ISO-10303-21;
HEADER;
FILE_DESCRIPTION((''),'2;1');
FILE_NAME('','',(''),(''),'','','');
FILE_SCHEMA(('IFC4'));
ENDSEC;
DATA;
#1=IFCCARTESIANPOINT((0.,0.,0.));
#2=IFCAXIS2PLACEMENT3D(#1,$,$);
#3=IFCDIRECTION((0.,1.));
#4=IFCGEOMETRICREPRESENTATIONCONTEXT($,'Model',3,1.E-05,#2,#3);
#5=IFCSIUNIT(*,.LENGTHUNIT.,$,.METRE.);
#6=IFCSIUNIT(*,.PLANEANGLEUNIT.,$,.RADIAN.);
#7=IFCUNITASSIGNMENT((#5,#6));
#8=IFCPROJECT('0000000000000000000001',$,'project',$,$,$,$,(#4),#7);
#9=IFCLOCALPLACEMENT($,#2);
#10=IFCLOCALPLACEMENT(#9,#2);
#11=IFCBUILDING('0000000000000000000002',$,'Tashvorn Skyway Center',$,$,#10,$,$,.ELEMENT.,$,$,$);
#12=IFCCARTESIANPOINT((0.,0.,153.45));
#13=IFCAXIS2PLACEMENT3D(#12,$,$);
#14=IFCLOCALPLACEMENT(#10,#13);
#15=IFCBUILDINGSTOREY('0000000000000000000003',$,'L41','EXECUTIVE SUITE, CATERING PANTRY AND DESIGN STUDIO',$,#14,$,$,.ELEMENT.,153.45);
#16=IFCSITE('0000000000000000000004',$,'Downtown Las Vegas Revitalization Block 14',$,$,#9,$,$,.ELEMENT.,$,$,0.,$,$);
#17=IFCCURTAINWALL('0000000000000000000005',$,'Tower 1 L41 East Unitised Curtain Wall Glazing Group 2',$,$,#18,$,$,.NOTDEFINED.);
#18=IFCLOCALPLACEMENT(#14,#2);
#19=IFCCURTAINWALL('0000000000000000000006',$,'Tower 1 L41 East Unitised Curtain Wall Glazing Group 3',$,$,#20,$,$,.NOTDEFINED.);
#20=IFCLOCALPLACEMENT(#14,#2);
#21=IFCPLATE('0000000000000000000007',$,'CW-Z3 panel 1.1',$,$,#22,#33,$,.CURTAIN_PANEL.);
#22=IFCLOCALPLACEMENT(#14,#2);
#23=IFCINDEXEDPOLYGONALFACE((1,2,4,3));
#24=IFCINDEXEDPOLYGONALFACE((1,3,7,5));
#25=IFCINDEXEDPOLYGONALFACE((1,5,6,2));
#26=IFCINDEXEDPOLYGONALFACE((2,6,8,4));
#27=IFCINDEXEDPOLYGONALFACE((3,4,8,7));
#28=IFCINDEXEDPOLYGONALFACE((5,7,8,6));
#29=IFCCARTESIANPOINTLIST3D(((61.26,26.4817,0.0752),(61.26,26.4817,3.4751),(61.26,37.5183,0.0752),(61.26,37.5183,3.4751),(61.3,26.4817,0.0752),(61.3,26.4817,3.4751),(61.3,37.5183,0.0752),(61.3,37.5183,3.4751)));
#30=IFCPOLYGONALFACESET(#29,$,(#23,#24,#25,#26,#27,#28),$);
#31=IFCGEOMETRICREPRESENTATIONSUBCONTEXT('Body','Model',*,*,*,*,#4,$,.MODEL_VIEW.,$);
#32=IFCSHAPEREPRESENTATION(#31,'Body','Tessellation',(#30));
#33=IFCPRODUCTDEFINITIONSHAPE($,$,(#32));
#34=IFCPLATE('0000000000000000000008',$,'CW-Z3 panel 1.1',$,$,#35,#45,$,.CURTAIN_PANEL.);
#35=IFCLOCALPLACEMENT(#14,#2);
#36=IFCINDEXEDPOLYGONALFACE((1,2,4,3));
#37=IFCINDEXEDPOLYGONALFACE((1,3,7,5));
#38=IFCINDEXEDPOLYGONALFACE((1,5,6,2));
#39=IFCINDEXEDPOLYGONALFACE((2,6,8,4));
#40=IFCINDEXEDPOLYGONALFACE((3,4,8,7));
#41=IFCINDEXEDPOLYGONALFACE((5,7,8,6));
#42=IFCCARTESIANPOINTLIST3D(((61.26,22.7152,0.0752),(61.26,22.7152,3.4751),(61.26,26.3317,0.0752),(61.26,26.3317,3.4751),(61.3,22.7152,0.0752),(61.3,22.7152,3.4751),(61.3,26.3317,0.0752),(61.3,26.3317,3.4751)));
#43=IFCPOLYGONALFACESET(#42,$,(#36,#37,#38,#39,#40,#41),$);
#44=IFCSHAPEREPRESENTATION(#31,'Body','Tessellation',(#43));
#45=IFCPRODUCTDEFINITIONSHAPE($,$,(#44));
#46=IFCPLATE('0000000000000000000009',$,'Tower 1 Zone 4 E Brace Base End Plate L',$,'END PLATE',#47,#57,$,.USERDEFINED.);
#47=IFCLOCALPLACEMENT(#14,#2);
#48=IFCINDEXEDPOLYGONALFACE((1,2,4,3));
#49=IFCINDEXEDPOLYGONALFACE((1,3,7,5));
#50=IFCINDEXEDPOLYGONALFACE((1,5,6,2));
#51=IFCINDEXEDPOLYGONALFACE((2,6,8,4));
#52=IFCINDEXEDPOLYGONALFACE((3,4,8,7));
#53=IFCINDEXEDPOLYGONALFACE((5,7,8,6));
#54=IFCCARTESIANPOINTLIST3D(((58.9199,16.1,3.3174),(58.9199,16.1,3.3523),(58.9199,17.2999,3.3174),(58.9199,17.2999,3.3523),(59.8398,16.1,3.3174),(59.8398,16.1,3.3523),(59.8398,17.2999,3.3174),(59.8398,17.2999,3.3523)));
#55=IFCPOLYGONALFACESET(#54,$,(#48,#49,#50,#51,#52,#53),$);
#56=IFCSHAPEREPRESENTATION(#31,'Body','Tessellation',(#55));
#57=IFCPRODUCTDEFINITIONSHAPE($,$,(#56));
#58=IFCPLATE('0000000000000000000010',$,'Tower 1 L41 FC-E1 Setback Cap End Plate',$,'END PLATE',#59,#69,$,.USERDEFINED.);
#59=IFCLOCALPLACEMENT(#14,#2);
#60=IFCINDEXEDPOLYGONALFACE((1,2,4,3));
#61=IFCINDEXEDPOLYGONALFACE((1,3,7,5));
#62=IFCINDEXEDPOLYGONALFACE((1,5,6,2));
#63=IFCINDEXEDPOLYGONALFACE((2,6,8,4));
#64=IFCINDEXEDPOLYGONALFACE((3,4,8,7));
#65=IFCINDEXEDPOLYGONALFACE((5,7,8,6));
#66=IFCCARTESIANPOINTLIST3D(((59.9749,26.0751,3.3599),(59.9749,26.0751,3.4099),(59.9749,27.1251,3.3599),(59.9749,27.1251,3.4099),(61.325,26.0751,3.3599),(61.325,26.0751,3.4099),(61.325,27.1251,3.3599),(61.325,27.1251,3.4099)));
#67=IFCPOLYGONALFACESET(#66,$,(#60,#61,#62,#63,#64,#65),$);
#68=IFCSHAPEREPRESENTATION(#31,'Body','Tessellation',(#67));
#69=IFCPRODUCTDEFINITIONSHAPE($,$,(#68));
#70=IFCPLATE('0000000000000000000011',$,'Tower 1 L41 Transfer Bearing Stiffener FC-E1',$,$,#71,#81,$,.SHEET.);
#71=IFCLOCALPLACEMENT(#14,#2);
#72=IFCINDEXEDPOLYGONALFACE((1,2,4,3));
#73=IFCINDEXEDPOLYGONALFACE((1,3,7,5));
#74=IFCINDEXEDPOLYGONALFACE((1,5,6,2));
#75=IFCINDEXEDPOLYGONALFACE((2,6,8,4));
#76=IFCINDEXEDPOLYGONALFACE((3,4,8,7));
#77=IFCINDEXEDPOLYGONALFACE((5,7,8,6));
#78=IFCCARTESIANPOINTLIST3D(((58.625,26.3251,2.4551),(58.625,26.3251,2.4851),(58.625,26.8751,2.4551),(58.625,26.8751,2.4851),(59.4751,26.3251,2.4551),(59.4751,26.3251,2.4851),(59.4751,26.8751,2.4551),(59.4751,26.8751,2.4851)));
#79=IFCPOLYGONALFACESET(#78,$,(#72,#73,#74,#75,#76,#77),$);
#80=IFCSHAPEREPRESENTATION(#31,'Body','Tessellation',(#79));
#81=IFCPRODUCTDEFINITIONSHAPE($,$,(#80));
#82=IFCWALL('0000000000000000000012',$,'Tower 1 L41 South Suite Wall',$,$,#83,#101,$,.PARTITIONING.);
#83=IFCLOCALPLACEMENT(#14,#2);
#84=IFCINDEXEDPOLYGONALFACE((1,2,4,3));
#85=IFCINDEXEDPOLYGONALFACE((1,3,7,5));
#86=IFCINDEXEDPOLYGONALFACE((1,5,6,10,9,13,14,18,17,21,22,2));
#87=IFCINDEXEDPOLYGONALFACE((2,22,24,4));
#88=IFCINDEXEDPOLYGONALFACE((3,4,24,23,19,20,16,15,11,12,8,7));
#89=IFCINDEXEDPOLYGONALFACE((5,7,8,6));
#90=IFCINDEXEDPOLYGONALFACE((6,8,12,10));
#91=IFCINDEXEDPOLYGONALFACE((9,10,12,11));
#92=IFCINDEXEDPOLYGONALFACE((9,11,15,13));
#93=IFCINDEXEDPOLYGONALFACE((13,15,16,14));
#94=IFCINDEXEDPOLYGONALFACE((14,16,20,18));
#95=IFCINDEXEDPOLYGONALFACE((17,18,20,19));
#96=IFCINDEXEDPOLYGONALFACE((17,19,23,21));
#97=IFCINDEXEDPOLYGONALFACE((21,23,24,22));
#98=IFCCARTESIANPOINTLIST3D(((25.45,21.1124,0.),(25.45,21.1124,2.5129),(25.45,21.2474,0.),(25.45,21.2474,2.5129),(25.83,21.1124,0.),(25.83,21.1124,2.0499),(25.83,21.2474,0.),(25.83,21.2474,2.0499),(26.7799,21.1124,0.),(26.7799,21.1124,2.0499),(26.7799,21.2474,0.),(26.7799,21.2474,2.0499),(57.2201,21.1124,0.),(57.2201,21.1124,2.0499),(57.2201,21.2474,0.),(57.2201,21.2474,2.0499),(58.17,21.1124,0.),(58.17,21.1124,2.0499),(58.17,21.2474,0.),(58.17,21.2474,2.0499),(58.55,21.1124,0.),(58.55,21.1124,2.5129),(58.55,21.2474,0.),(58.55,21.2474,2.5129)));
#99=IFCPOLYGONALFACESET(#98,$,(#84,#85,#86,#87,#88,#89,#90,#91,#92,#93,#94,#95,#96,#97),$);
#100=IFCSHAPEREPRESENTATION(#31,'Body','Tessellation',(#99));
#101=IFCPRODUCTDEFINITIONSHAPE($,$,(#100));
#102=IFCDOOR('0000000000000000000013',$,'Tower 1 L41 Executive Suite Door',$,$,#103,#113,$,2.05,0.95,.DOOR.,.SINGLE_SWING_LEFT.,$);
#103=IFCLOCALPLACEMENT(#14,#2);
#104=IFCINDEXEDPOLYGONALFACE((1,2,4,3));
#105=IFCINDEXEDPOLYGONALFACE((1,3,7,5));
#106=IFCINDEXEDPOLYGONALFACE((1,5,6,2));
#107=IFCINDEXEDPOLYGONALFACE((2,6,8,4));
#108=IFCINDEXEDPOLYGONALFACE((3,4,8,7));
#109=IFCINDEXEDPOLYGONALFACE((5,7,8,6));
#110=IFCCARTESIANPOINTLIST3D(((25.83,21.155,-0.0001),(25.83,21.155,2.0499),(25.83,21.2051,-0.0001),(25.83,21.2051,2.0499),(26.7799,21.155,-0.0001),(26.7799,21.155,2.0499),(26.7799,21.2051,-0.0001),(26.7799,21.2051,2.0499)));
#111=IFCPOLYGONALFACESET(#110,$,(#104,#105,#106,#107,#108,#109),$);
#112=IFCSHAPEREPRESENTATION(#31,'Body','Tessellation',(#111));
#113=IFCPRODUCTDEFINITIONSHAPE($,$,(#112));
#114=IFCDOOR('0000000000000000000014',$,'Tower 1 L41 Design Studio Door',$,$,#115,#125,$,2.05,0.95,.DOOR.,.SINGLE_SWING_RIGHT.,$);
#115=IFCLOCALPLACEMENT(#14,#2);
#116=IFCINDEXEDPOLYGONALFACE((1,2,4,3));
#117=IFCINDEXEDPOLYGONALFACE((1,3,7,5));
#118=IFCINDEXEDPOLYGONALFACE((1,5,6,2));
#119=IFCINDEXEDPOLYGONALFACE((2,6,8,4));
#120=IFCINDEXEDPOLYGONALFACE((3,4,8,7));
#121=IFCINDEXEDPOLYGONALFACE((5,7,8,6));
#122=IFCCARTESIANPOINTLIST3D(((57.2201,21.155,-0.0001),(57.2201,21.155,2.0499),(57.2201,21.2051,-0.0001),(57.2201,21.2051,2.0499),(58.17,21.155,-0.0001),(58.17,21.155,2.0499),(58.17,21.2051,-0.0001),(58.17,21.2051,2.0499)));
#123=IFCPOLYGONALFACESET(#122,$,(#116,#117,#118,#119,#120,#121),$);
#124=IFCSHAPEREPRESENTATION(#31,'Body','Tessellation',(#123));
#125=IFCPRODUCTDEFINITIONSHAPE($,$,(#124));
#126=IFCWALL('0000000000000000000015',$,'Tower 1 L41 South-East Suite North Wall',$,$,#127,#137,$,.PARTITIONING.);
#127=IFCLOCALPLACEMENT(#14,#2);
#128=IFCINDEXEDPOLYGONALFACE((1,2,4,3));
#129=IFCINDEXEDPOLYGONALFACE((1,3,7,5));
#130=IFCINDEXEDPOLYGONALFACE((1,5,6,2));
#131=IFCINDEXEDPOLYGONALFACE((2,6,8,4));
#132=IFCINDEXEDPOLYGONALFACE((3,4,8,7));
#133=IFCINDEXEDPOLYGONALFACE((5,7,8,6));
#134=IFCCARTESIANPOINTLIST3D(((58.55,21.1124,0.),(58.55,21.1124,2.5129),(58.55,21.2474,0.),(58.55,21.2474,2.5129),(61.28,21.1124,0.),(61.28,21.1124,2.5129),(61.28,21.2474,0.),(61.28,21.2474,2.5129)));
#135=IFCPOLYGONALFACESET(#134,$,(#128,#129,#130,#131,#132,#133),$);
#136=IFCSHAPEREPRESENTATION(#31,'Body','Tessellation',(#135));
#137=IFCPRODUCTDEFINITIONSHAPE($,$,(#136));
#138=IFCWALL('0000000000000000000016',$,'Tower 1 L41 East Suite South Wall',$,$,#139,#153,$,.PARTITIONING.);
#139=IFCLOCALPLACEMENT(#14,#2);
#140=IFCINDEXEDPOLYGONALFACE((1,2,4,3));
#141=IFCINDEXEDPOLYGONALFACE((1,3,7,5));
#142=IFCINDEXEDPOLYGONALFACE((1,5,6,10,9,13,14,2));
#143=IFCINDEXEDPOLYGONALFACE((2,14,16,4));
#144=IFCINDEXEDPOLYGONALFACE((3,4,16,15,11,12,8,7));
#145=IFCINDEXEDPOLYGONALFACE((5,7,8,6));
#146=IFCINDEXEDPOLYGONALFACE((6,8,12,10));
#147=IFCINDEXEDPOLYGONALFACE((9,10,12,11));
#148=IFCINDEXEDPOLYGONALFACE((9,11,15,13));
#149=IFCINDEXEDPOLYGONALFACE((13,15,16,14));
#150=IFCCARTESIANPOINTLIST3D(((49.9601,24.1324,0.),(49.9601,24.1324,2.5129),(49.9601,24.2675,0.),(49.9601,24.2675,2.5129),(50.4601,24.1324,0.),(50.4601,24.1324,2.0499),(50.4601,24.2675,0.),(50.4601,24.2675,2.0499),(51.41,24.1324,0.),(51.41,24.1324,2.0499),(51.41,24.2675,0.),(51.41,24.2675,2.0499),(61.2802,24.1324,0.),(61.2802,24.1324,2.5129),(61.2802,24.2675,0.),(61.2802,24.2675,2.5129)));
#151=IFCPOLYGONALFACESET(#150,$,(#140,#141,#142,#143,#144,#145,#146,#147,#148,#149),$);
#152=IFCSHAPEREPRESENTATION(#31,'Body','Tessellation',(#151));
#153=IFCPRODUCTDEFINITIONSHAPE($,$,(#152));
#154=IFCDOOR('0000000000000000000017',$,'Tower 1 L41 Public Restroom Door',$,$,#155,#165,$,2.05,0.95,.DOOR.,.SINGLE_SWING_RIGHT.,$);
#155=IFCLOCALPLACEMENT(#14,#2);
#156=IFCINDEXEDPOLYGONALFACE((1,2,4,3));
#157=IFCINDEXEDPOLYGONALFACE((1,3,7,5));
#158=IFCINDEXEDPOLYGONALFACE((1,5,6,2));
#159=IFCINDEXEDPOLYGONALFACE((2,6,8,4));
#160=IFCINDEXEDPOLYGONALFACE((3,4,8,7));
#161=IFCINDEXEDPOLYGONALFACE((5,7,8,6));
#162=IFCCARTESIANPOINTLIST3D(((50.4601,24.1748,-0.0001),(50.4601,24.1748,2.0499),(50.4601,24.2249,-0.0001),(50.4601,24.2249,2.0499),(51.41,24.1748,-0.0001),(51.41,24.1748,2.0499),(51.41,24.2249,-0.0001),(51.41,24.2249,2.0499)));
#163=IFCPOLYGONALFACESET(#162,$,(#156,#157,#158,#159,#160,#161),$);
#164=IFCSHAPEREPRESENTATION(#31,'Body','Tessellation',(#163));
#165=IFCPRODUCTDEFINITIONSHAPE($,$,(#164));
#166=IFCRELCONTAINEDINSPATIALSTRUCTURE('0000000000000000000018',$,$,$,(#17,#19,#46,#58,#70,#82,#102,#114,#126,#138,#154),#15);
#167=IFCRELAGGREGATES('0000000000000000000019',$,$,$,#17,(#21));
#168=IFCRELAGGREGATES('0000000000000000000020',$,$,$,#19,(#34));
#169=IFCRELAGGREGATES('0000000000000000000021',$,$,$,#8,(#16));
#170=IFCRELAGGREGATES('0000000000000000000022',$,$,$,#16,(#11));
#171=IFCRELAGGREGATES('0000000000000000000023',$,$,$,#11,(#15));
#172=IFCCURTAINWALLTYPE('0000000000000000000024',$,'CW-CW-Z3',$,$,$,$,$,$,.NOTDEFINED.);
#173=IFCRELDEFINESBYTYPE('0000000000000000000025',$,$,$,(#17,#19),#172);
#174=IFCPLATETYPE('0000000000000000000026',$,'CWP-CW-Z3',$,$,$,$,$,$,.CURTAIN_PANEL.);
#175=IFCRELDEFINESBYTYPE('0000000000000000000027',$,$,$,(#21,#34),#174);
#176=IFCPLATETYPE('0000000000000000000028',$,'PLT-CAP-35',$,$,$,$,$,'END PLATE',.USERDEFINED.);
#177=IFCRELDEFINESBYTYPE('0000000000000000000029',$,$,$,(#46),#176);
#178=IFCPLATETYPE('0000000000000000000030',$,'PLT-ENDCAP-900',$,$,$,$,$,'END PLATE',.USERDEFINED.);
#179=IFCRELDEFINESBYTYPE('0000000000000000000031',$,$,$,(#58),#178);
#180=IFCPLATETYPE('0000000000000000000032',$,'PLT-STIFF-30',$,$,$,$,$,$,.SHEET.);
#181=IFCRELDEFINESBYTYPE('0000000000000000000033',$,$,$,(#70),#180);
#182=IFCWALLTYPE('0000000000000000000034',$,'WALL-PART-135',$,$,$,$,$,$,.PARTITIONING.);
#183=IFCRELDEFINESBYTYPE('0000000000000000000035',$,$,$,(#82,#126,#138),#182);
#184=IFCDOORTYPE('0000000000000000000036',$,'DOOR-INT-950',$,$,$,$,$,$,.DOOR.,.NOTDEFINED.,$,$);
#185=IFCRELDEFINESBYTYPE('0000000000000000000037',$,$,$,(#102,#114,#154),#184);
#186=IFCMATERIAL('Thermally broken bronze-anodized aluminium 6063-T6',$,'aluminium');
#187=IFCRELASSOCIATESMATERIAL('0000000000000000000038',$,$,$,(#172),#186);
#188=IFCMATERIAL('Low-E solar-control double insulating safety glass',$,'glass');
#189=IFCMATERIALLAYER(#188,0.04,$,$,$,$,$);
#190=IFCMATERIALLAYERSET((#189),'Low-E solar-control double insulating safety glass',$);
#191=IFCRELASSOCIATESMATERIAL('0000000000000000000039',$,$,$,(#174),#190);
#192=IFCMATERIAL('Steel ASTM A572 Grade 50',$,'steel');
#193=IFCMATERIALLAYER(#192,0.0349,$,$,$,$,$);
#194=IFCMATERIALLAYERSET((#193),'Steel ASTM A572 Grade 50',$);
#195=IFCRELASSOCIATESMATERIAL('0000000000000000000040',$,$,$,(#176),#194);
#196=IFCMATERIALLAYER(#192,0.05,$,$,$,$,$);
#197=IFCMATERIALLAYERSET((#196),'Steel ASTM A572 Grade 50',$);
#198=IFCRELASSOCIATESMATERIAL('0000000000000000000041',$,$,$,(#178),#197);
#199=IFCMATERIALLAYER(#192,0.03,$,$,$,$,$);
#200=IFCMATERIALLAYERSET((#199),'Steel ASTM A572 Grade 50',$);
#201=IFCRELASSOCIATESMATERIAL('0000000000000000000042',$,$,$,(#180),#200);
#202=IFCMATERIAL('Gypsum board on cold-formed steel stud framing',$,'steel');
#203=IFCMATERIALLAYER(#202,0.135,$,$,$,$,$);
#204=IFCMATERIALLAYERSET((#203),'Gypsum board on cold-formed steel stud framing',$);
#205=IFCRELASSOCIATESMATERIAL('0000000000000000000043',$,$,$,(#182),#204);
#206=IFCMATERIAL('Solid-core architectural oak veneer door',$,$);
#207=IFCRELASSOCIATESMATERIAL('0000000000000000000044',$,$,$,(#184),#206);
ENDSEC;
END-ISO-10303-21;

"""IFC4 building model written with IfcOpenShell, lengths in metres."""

from ifc_helpers import new_model, si_unit, direction, frame, frame_2d, origin, origin_2d, place, context, subcontext, project, spatial, rectangle, extrude, material, layer, layer_set, type_object, element, fill, aggregate, save


model = new_model("IFC4")

# Units and contexts
model_context = context("Model", 3, precision=1e-05, world=origin(), true_north=direction((0.0, 1.0)))
body_context = subcontext(model_context, "Body", "Model", "MODEL_VIEW")
ifc_project = project(units=[si_unit("LENGTHUNIT", "METRE"), si_unit("PLANEANGLEUNIT", "RADIAN")], contexts=[model_context])

# Site, building, storey
site_placement = place(None, origin())
site = spatial("IfcSite", under=ifc_project, at=site_placement, Name="Downtown Las Vegas Revitalization Block 14", CompositionType="ELEMENT", RefElevation=0.0)
building_placement = place(site_placement, origin())
building = spatial("IfcBuilding", under=site, at=building_placement, Name="Tashvorn Skyway Center", CompositionType="ELEMENT")
storey_placement = place(building_placement, frame((0.0, 0.0, 153.45)))
storey = spatial("IfcBuildingStorey", under=building, at=storey_placement, Name="L41", Description="EXECUTIVE SUITE, CATERING PANTRY AND DESIGN STUDIO", CompositionType="ELEMENT", Elevation=153.45)

# Shared definitions
ifc_material_1 = material(Name="Steel ASTM A572 Grade 50", Category="steel")

# Curtain wall
ifc_material_2 = material(Name="Thermally broken bronze-anodized aluminium 6063-T6", Category="aluminium")
curtain_wall_type = type_object("IfcCurtainWallType", Name="CW-CW-Z3", PredefinedType="NOTDEFINED", material=ifc_material_2)
curtain_wall_1_placement = place(storey_placement, origin())
curtain_wall_1 = element("IfcCurtainWall", 1, at=curtain_wall_1_placement, inside=storey, type_object=curtain_wall_type, Name="Tower 1 L41 East Unitised Curtain Wall Glazing Group 2", PredefinedType="NOTDEFINED")

# Curtain wall
curtain_wall_2_placement = place(storey_placement, origin())
curtain_wall_2 = element("IfcCurtainWall", 2, at=curtain_wall_2_placement, inside=storey, type_object=curtain_wall_type, Name="Tower 1 L41 East Unitised Curtain Wall Glazing Group 3", PredefinedType="NOTDEFINED")

# Plates
ifc_material_3 = material(Name="Low-E solar-control double insulating safety glass", Category="glass")
ifc_layer_1 = layer(ifc_material_3, 0.04)
ifc_layer_set_1 = layer_set([ifc_layer_1], Name="Low-E solar-control double insulating safety glass")
plate_type_1 = type_object("IfcPlateType", Name="CWP-CW-Z3", PredefinedType="CURTAIN_PANEL", material=ifc_layer_set_1)
plate_1_placement = place(storey_placement, frame((61.28, 32.0, 0.0752), z_axis=(0.0, 0.0, 1.0), x_axis=(0.0, -1.0, 0.0)))
plate_1 = element("IfcPlate", 3, at=plate_1_placement, type_object=plate_type_1, Name="CW-Z3 panel 1.1", PredefinedType="CURTAIN_PANEL", context=body_context, shape_type="SweptSolid", body=[
    extrude(rectangle(XDim=11.0366, YDim=0.04, at=origin_2d()), origin(), (0.0, 0.0, 1.0), 3.3999),
])
aggregate(curtain_wall_1, [plate_1])
plate_2_placement = place(storey_placement, frame((61.28, 24.5234, 0.0752), z_axis=(0.0, 0.0, 1.0), x_axis=(0.0, -1.0, 0.0)))
plate_2 = element("IfcPlate", 4, at=plate_2_placement, type_object=plate_type_1, Name="CW-Z3 panel 1.1", PredefinedType="CURTAIN_PANEL", context=body_context, shape_type="SweptSolid", body=[
    extrude(rectangle(XDim=3.6165, YDim=0.04, at=origin_2d()), origin(), (0.0, 0.0, 1.0), 3.3999),
])
aggregate(curtain_wall_2, [plate_2])

# Plates
ifc_layer_2 = layer(ifc_material_1, 0.0349)
ifc_layer_set_2 = layer_set([ifc_layer_2], Name="Steel ASTM A572 Grade 50")
plate_type_2 = type_object("IfcPlateType", Name="PLT-CAP-35", ElementType="END PLATE", PredefinedType="USERDEFINED", material=ifc_layer_set_2)
plate_3_placement = place(storey_placement, frame((59.3799, 16.7, 3.3174), z_axis=(0.0, 0.0, 1.0), x_axis=(0.0, 1.0, 0.0)))
element("IfcPlate", 5, at=plate_3_placement, inside=storey, type_object=plate_type_2, Name="Tower 1 Zone 4 E Brace Base End Plate L", ObjectType="END PLATE", PredefinedType="USERDEFINED", context=body_context, shape_type="SweptSolid", body=[
    extrude(rectangle(XDim=1.2, YDim=0.9199, at=origin_2d()), origin(), (0.0, 0.0, 1.0), 0.0349),
])
ifc_layer_3 = layer(ifc_material_1, 0.05)
ifc_layer_set_3 = layer_set([ifc_layer_3], Name="Steel ASTM A572 Grade 50")
plate_type_3 = type_object("IfcPlateType", Name="PLT-ENDCAP-900", ElementType="END PLATE", PredefinedType="USERDEFINED", material=ifc_layer_set_3)
plate_4_placement = place(storey_placement, frame((60.6499, 26.6001, 3.3599), z_axis=(0.0, 0.0, 1.0), x_axis=(1.0, 0.0, 0.0)))
element("IfcPlate", 6, at=plate_4_placement, inside=storey, type_object=plate_type_3, Name="Tower 1 L41 FC-E1 Setback Cap End Plate", ObjectType="END PLATE", PredefinedType="USERDEFINED", context=body_context, shape_type="SweptSolid", body=[
    extrude(rectangle(XDim=1.3501, YDim=1.05, at=origin_2d()), origin(), (0.0, 0.0, 1.0), 0.05),
])
ifc_layer_4 = layer(ifc_material_1, 0.03)
ifc_layer_set_4 = layer_set([ifc_layer_4], Name="Steel ASTM A572 Grade 50")
plate_type_4 = type_object("IfcPlateType", Name="PLT-STIFF-30", PredefinedType="SHEET", material=ifc_layer_set_4)
plate_5_placement = place(storey_placement, frame((59.05, 26.6001, 2.4551), z_axis=(0.0, 0.0, 1.0), x_axis=(1.0, 0.0, 0.0)))
element("IfcPlate", 7, at=plate_5_placement, inside=storey, type_object=plate_type_4, Name="Tower 1 L41 Transfer Bearing Stiffener FC-E1", PredefinedType="SHEET", context=body_context, shape_type="SweptSolid", body=[
    extrude(rectangle(XDim=0.8501, YDim=0.55, at=origin_2d()), origin(), (0.0, 0.0, 1.0), 0.03),
])

# Wall, openings, doors
ifc_material_4 = material(Name="Gypsum board on cold-formed steel stud framing", Category="steel")
ifc_layer_5 = layer(ifc_material_4, 0.135)
ifc_layer_set_5 = layer_set([ifc_layer_5], Name="Gypsum board on cold-formed steel stud framing")
wall_type = type_object("IfcWallType", Name="WALL-PART-135", PredefinedType="PARTITIONING", material=ifc_layer_set_5)
wall_1_placement = place(storey_placement, frame((58.55, 21.1799, 0.0), z_axis=(0.0, 0.0, 1.0), x_axis=(-1.0, 0.0, 0.0)))
wall_1 = element("IfcWall", 8, at=wall_1_placement, inside=storey, type_object=wall_type, Name="Tower 1 L41 South Suite Wall", PredefinedType="PARTITIONING", context=body_context, shape_type="SweptSolid", body=[
    extrude(rectangle(XDim=33.1001, YDim=0.135, at=frame_2d((16.55, 0.0))), origin(), (0.0, 0.0, 1.0), 2.5129),
])
opening_1_placement = place(wall_1_placement, frame((31.77, 0.0, 0.0)))
opening_1 = element("IfcOpeningElement", 9, at=opening_1_placement, cuts=wall_1, PredefinedType="OPENING", context=body_context, shape_type="SweptSolid", body=[
    extrude(rectangle(XDim=0.95, YDim=2.05, at=frame_2d((0.4751, 1.0249))), frame((0.0, 0.0774, 0.0), z_axis=(0.0, -1.0, 0.0), x_axis=(1.0, 0.0, 0.0)), (0.0, 0.0, 1.0), 0.155),
])
opening_2_placement = place(wall_1_placement, frame((0.3799, 0.0, 0.0)))
opening_2 = element("IfcOpeningElement", 10, at=opening_2_placement, cuts=wall_1, PredefinedType="OPENING", context=body_context, shape_type="SweptSolid", body=[
    extrude(rectangle(XDim=0.95, YDim=2.05, at=frame_2d((0.4751, 1.0249))), frame((0.0, 0.0774, 0.0), z_axis=(0.0, -1.0, 0.0), x_axis=(1.0, 0.0, 0.0)), (0.0, 0.0, 1.0), 0.155),
])
ifc_material_5 = material(Name="Solid-core architectural oak veneer door")
door_type = type_object("IfcDoorType", Name="DOOR-INT-950", OperationType="NOTDEFINED", PredefinedType="DOOR", material=ifc_material_5)
door_1_placement = place(opening_1_placement, origin())
door_1 = element("IfcDoor", 11, at=door_1_placement, inside=storey, type_object=door_type, Name="Tower 1 L41 Executive Suite Door", OperationType="SINGLE_SWING_LEFT", OverallHeight=2.05, OverallWidth=0.95, PredefinedType="DOOR", context=body_context, shape_type="SweptSolid", body=[
    extrude(rectangle(XDim=0.95, YDim=2.05, at=frame_2d((0.4751, 1.0249))), frame((0.0, 0.0249, 0.0), z_axis=(0.0, -1.0, 0.0), x_axis=(1.0, 0.0, 0.0)), (0.0, 0.0, 1.0), 0.05),
])
fill(opening_1, door_1)
door_2_placement = place(opening_2_placement, origin())
door_2 = element("IfcDoor", 12, at=door_2_placement, inside=storey, type_object=door_type, Name="Tower 1 L41 Design Studio Door", OperationType="SINGLE_SWING_RIGHT", OverallHeight=2.05, OverallWidth=0.95, PredefinedType="DOOR", context=body_context, shape_type="SweptSolid", body=[
    extrude(rectangle(XDim=0.95, YDim=2.05, at=frame_2d((0.4751, 1.0249))), frame((0.0, 0.0249, 0.0), z_axis=(0.0, -1.0, 0.0), x_axis=(1.0, 0.0, 0.0)), (0.0, 0.0, 1.0), 0.05),
])
fill(opening_2, door_2)

# Wall
wall_2_placement = place(storey_placement, frame((58.55, 21.1799, 0.0), z_axis=(0.0, 0.0, 1.0), x_axis=(1.0, 0.0, 0.0)))
element("IfcWall", 13, at=wall_2_placement, inside=storey, type_object=wall_type, Name="Tower 1 L41 South-East Suite North Wall", PredefinedType="PARTITIONING", context=body_context, shape_type="SweptSolid", body=[
    extrude(rectangle(XDim=2.73, YDim=0.135, at=frame_2d((1.365, 0.0))), origin(), (0.0, 0.0, 1.0), 2.5129),
])

# Wall, opening, door
wall_3_placement = place(storey_placement, frame((49.96, 24.2, 0.0), z_axis=(0.0, 0.0, 1.0), x_axis=(1.0, 0.0, 0.0)))
wall_3 = element("IfcWall", 14, at=wall_3_placement, inside=storey, type_object=wall_type, Name="Tower 1 L41 East Suite South Wall", PredefinedType="PARTITIONING", context=body_context, shape_type="SweptSolid", body=[
    extrude(rectangle(XDim=11.3201, YDim=0.135, at=frame_2d((5.6602, 0.0))), origin(), (0.0, 0.0, 1.0), 2.5129),
])
opening_3_placement = place(wall_3_placement, frame((0.5, 0.0, 0.0)))
opening_3 = element("IfcOpeningElement", 15, at=opening_3_placement, cuts=wall_3, PredefinedType="OPENING", context=body_context, shape_type="SweptSolid", body=[
    extrude(rectangle(XDim=0.95, YDim=2.05, at=frame_2d((0.4751, 1.0249))), frame((0.0, 0.0774, 0.0), z_axis=(0.0, -1.0, 0.0), x_axis=(1.0, 0.0, 0.0)), (0.0, 0.0, 1.0), 0.155),
])
door_3_placement = place(opening_3_placement, origin())
door_3 = element("IfcDoor", 16, at=door_3_placement, inside=storey, type_object=door_type, Name="Tower 1 L41 Public Restroom Door", OperationType="SINGLE_SWING_RIGHT", OverallHeight=2.05, OverallWidth=0.95, PredefinedType="DOOR", context=body_context, shape_type="SweptSolid", body=[
    extrude(rectangle(XDim=0.95, YDim=2.05, at=frame_2d((0.4751, 1.0249))), frame((0.0, 0.0249, 0.0), z_axis=(0.0, -1.0, 0.0), x_axis=(1.0, 0.0, 0.0)), (0.0, 0.0, 1.0), 0.05),
])
fill(opening_3, door_3)

save(model, "model.ifc")
